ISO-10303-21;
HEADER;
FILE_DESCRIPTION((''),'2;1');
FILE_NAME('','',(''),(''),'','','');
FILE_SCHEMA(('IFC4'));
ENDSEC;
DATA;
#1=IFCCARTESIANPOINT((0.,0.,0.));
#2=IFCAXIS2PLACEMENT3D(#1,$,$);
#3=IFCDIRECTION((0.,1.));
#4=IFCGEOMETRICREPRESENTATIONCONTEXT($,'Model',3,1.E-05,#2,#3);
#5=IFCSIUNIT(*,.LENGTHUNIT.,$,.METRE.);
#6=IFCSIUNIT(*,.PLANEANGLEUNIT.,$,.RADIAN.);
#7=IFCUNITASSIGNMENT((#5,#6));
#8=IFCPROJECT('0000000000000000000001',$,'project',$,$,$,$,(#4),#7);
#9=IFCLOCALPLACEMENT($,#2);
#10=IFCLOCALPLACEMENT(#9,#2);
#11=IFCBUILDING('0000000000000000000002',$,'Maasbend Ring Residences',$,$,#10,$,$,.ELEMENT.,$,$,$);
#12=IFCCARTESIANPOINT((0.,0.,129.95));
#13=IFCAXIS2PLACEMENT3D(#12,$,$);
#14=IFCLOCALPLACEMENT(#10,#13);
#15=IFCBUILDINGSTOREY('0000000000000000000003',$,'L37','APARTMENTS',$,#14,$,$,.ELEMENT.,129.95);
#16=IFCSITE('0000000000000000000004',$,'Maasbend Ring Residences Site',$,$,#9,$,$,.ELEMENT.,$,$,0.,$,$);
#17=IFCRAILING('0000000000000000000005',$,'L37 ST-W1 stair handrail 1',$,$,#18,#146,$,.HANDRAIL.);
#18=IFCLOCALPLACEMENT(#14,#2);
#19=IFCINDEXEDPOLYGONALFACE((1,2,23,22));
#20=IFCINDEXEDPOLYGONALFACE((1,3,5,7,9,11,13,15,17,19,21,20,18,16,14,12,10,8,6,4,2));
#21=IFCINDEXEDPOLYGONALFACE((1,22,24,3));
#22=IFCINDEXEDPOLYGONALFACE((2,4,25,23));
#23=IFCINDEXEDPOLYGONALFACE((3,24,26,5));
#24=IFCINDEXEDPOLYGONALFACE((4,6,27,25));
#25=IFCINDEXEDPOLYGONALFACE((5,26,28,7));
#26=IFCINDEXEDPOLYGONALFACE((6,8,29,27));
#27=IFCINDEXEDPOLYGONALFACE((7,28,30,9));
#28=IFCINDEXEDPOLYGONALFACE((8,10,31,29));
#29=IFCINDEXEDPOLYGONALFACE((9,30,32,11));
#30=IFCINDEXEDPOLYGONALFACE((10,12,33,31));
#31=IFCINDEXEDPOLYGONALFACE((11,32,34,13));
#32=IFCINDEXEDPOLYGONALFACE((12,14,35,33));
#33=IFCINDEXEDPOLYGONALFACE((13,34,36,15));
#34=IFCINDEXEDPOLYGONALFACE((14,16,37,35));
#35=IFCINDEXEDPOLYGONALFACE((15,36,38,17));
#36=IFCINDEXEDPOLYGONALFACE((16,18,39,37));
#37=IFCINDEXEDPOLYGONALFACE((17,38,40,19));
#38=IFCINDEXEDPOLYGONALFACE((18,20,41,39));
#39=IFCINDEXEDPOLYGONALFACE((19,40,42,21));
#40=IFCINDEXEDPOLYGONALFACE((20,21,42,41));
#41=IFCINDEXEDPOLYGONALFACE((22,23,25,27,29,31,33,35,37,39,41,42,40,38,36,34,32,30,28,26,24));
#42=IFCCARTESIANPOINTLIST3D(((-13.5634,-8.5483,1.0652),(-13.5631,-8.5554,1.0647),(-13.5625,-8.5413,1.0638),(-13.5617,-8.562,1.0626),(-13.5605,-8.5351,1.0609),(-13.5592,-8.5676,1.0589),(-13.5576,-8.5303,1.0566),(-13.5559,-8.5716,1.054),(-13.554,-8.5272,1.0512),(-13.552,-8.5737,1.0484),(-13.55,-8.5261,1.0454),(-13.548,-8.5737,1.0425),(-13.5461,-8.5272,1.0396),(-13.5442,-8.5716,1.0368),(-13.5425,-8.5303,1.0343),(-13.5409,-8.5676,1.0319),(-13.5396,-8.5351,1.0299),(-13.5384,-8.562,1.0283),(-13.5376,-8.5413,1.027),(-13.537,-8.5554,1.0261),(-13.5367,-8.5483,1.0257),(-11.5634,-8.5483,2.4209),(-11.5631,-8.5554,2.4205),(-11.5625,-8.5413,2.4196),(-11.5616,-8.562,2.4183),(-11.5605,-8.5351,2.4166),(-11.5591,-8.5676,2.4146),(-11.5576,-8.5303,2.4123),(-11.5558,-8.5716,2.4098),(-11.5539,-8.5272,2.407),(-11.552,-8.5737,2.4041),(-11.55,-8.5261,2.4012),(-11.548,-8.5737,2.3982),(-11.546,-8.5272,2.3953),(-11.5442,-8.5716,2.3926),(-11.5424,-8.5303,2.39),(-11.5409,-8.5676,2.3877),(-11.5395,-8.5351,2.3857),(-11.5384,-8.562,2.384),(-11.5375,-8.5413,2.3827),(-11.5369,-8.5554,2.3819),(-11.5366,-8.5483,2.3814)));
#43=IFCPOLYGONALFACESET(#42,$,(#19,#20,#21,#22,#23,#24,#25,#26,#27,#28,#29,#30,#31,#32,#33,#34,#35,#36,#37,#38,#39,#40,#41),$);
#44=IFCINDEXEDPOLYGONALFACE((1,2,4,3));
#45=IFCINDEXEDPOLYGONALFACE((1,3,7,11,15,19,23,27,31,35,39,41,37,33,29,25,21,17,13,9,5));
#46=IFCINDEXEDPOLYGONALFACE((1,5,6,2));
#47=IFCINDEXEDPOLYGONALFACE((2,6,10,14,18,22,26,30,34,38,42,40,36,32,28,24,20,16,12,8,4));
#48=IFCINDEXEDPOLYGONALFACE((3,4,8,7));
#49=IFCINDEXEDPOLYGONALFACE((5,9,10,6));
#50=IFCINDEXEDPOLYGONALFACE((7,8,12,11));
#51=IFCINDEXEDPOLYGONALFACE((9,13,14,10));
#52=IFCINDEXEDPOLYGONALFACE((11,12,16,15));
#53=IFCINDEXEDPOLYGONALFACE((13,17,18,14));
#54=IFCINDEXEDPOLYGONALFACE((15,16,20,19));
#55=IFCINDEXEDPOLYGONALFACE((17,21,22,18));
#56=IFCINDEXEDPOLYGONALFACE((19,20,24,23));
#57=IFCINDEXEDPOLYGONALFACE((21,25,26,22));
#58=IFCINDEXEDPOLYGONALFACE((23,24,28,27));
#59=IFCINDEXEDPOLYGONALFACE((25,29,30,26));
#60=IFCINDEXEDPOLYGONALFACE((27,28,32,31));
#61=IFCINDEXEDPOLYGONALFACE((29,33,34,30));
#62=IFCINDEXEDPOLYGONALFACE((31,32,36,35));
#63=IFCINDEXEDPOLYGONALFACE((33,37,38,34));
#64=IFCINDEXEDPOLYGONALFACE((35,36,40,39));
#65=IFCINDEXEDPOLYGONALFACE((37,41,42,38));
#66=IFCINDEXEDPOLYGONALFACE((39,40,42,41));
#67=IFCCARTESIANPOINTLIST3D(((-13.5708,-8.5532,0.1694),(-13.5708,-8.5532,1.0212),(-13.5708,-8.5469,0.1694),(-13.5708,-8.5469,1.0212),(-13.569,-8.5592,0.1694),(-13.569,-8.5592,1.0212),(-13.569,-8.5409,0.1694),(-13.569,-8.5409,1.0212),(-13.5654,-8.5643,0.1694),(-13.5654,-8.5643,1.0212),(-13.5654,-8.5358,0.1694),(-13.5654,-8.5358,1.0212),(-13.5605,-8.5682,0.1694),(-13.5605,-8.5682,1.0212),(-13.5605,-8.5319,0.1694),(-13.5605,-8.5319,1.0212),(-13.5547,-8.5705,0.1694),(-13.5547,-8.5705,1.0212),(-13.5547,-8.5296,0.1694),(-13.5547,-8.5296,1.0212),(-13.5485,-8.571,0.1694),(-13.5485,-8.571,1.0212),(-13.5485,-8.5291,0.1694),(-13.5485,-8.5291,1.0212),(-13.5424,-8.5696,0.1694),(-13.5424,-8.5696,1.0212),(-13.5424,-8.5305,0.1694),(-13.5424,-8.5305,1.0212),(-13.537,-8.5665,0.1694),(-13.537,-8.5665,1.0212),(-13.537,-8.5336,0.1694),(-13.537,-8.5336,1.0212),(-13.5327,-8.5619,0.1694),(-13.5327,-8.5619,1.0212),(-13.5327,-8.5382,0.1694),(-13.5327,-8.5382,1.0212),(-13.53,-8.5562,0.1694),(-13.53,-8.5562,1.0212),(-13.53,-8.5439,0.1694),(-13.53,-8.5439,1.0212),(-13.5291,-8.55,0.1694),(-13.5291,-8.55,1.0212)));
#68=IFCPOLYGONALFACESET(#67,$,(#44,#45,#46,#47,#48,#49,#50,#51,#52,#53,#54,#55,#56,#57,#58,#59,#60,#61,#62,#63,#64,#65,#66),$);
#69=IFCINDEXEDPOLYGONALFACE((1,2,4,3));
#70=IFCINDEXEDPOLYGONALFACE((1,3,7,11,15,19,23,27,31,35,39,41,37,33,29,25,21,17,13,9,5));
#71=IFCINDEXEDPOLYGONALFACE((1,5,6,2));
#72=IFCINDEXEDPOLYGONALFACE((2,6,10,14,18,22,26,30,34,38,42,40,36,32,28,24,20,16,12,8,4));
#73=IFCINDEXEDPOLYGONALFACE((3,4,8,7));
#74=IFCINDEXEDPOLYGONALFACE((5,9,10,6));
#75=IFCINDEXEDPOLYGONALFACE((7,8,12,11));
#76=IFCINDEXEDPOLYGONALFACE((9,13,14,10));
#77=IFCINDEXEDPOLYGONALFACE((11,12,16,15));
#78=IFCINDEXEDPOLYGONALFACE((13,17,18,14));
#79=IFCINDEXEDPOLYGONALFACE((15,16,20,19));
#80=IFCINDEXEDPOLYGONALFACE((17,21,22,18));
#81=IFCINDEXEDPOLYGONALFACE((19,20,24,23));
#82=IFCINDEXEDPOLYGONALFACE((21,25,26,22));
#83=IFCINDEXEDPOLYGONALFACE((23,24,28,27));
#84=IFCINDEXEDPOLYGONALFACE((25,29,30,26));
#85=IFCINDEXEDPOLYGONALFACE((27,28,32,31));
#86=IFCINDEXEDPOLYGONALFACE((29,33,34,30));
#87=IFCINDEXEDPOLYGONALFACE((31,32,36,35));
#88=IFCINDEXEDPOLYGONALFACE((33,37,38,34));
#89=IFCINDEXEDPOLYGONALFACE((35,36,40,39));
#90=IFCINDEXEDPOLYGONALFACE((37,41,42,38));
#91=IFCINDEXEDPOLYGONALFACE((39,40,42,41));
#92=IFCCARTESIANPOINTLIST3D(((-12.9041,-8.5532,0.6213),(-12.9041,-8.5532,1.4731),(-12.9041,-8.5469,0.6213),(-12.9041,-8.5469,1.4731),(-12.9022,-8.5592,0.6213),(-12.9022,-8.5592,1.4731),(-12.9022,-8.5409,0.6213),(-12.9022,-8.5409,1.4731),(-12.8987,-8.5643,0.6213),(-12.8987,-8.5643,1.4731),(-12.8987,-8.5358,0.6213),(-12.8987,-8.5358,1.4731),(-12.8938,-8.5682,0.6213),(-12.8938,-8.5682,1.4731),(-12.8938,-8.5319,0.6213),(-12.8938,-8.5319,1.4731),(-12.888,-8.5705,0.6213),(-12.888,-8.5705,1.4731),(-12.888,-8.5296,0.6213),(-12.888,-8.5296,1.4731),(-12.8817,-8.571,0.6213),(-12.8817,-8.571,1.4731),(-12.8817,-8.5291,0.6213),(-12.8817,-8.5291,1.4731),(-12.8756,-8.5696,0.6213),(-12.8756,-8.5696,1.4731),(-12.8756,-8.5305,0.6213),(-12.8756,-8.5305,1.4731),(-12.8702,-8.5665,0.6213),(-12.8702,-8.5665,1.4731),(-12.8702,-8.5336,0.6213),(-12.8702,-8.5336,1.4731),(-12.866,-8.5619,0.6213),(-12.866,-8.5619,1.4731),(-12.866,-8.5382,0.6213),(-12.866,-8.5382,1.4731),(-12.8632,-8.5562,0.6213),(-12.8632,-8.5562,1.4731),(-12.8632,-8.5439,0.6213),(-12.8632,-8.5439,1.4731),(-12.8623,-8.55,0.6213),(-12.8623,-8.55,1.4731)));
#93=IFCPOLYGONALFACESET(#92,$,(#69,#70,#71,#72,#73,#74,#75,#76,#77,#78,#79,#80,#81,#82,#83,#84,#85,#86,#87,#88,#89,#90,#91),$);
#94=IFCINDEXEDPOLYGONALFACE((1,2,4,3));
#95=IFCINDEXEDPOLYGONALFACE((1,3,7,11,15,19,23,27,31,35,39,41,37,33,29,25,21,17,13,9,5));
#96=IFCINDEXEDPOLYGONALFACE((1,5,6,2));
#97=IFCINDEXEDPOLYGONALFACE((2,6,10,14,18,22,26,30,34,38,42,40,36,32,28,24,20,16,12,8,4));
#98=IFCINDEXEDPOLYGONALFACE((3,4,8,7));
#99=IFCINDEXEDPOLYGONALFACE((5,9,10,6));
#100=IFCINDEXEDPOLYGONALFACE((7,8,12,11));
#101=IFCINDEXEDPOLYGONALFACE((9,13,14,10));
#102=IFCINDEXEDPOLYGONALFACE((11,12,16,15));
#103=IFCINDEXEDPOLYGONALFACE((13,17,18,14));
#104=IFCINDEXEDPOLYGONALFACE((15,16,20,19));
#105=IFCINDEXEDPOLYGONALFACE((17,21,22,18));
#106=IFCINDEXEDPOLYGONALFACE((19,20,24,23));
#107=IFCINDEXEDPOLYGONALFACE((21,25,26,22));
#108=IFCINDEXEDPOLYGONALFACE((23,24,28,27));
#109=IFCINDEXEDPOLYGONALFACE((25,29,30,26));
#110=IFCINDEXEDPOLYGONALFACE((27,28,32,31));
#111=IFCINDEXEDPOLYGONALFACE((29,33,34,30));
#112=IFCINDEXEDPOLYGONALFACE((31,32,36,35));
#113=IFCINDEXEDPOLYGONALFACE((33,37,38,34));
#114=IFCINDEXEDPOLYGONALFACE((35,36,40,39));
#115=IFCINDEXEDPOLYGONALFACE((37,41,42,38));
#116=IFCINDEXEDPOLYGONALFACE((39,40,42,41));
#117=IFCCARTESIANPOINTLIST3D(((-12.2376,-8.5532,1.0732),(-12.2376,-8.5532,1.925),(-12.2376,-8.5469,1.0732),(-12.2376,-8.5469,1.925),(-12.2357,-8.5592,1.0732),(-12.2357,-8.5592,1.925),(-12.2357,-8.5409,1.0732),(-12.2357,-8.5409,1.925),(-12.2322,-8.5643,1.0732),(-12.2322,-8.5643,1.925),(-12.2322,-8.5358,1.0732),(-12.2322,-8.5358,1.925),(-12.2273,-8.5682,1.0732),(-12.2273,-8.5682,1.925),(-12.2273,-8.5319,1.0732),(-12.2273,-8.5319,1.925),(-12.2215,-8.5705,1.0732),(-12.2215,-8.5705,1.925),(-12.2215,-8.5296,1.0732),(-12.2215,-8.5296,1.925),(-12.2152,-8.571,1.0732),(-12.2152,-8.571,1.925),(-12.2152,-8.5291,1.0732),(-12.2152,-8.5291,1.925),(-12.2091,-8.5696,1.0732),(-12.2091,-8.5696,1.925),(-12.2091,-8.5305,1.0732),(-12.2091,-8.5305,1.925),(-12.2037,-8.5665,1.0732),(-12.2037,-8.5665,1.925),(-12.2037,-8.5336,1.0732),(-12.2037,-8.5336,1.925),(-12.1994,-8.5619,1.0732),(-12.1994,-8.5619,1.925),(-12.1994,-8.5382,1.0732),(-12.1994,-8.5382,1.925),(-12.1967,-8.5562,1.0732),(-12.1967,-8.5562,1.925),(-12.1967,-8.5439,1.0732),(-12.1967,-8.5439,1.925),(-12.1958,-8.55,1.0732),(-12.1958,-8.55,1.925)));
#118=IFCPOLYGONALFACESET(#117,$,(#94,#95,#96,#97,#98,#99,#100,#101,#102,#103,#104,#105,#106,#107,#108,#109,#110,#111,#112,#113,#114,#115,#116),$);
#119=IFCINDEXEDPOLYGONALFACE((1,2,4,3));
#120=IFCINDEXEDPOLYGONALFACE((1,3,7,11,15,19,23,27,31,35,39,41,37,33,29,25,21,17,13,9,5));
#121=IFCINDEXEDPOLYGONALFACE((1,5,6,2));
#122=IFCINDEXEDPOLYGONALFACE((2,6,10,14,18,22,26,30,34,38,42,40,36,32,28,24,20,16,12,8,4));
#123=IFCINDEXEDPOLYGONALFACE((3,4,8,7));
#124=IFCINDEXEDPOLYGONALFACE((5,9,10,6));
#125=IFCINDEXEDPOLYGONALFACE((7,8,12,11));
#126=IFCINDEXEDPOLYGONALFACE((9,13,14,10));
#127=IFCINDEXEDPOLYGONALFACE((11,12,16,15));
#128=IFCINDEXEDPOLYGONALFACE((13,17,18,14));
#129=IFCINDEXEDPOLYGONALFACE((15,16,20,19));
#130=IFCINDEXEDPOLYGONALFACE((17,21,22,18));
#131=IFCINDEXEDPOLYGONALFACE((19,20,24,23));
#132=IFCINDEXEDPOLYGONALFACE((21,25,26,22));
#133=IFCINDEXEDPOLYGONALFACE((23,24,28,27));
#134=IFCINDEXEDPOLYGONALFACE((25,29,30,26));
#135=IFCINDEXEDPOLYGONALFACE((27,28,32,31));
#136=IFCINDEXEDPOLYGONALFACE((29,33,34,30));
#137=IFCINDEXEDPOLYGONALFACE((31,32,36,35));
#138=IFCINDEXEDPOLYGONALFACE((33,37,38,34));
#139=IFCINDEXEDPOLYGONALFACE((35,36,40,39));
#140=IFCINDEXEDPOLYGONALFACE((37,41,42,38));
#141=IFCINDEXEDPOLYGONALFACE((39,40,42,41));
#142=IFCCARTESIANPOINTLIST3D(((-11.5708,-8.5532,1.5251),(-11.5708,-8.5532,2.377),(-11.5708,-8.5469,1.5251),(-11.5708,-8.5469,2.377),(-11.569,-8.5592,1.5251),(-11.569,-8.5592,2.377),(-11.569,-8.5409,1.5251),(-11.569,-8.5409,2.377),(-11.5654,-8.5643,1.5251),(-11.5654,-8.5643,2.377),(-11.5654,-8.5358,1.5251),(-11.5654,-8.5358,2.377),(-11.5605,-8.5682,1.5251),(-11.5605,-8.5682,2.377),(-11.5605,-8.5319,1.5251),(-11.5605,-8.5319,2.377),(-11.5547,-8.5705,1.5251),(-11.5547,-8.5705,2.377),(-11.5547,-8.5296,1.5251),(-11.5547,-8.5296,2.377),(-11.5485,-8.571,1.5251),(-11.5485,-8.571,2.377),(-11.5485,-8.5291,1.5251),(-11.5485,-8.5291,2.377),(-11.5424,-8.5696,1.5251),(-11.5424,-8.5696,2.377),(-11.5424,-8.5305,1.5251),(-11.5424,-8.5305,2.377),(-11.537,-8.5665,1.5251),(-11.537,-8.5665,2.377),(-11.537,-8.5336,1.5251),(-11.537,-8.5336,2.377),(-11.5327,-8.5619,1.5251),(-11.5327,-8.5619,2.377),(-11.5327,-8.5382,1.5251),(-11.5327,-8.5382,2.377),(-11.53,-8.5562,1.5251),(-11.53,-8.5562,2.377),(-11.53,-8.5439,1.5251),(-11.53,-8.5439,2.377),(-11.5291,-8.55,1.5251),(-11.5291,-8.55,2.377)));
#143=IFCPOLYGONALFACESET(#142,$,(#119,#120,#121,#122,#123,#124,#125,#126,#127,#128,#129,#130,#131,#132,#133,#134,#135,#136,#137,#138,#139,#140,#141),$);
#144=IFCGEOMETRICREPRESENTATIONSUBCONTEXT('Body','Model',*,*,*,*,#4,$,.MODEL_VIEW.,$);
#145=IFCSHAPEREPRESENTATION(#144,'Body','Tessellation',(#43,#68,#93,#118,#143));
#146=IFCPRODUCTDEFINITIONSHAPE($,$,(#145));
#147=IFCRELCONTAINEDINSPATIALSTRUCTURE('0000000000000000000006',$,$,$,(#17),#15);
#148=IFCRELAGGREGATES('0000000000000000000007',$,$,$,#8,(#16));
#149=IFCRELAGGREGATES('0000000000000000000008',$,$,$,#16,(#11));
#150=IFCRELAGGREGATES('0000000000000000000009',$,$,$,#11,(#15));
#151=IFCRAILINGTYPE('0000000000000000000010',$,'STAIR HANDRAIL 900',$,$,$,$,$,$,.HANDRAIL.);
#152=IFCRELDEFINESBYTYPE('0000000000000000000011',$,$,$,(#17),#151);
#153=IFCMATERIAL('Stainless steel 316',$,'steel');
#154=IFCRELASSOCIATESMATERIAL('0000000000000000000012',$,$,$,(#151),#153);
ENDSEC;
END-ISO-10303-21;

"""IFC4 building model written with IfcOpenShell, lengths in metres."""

from ifc_helpers import new_model, si_unit, direction, frame, origin, origin_2d, place, context, subcontext, project, spatial, circle, extrude, material, type_object, element, save


model = new_model("IFC4")

# Units and contexts
model_context = context("Model", 3, precision=1e-05, world=origin(), true_north=direction((0.0, 1.0)))
body_context = subcontext(model_context, "Body", "Model", "MODEL_VIEW")
ifc_project = project(units=[si_unit("LENGTHUNIT", "METRE"), si_unit("PLANEANGLEUNIT", "RADIAN")], contexts=[model_context])

# Site, building, storey
site_placement = place(None, origin())
site = spatial("IfcSite", under=ifc_project, at=site_placement, Name="Maasbend Ring Residences Site", CompositionType="ELEMENT", RefElevation=0.0)
building_placement = place(site_placement, origin())
building = spatial("IfcBuilding", under=site, at=building_placement, Name="Maasbend Ring Residences", CompositionType="ELEMENT")
storey_placement = place(building_placement, frame((0.0, 0.0, 129.95)))
storey = spatial("IfcBuildingStorey", under=building, at=storey_placement, Name="L37", Description="APARTMENTS", CompositionType="ELEMENT", Elevation=129.95)

# Railing
ifc_material_1 = material(Name="Stainless steel 316", Category="steel")
railing_type_1 = type_object("IfcRailingType", Name="STAIR HANDRAIL 900", PredefinedType="HANDRAIL", material=ifc_material_1)
railing_1_placement = place(storey_placement, frame((-13.55, -8.55, 0.1694)))
element("IfcRailing", 1, at=railing_1_placement, inside=storey, type_object=railing_type_1, Name="L37 ST-W1 stair handrail 1", PredefinedType="HANDRAIL", context=body_context, shape_type="SweptSolid", body=[
    extrude(circle(Radius=0.0239, at=origin_2d()), frame((0.0, 0.0, 0.876), z_axis=(0.827751, 0.0, 0.561096), x_axis=(0.0, 1.0, 0.0)), (0.0, 0.0, 1.0), 2.4163),
    extrude(circle(Radius=0.021, at=origin_2d()), origin(), (0.0, 0.0, 1.0), 0.8518),
    extrude(circle(Radius=0.021, at=origin_2d()), frame((0.6667, 0.0, 0.4519)), (0.0, 0.0, 1.0), 0.8518),
    extrude(circle(Radius=0.021, at=origin_2d()), frame((1.3333, 0.0, 0.9038)), (0.0, 0.0, 1.0), 0.8518),
    extrude(circle(Radius=0.021, at=origin_2d()), frame((2.0, 0.0, 1.3557)), (0.0, 0.0, 1.0), 0.8518),
])

save(model, "model.ifc")
